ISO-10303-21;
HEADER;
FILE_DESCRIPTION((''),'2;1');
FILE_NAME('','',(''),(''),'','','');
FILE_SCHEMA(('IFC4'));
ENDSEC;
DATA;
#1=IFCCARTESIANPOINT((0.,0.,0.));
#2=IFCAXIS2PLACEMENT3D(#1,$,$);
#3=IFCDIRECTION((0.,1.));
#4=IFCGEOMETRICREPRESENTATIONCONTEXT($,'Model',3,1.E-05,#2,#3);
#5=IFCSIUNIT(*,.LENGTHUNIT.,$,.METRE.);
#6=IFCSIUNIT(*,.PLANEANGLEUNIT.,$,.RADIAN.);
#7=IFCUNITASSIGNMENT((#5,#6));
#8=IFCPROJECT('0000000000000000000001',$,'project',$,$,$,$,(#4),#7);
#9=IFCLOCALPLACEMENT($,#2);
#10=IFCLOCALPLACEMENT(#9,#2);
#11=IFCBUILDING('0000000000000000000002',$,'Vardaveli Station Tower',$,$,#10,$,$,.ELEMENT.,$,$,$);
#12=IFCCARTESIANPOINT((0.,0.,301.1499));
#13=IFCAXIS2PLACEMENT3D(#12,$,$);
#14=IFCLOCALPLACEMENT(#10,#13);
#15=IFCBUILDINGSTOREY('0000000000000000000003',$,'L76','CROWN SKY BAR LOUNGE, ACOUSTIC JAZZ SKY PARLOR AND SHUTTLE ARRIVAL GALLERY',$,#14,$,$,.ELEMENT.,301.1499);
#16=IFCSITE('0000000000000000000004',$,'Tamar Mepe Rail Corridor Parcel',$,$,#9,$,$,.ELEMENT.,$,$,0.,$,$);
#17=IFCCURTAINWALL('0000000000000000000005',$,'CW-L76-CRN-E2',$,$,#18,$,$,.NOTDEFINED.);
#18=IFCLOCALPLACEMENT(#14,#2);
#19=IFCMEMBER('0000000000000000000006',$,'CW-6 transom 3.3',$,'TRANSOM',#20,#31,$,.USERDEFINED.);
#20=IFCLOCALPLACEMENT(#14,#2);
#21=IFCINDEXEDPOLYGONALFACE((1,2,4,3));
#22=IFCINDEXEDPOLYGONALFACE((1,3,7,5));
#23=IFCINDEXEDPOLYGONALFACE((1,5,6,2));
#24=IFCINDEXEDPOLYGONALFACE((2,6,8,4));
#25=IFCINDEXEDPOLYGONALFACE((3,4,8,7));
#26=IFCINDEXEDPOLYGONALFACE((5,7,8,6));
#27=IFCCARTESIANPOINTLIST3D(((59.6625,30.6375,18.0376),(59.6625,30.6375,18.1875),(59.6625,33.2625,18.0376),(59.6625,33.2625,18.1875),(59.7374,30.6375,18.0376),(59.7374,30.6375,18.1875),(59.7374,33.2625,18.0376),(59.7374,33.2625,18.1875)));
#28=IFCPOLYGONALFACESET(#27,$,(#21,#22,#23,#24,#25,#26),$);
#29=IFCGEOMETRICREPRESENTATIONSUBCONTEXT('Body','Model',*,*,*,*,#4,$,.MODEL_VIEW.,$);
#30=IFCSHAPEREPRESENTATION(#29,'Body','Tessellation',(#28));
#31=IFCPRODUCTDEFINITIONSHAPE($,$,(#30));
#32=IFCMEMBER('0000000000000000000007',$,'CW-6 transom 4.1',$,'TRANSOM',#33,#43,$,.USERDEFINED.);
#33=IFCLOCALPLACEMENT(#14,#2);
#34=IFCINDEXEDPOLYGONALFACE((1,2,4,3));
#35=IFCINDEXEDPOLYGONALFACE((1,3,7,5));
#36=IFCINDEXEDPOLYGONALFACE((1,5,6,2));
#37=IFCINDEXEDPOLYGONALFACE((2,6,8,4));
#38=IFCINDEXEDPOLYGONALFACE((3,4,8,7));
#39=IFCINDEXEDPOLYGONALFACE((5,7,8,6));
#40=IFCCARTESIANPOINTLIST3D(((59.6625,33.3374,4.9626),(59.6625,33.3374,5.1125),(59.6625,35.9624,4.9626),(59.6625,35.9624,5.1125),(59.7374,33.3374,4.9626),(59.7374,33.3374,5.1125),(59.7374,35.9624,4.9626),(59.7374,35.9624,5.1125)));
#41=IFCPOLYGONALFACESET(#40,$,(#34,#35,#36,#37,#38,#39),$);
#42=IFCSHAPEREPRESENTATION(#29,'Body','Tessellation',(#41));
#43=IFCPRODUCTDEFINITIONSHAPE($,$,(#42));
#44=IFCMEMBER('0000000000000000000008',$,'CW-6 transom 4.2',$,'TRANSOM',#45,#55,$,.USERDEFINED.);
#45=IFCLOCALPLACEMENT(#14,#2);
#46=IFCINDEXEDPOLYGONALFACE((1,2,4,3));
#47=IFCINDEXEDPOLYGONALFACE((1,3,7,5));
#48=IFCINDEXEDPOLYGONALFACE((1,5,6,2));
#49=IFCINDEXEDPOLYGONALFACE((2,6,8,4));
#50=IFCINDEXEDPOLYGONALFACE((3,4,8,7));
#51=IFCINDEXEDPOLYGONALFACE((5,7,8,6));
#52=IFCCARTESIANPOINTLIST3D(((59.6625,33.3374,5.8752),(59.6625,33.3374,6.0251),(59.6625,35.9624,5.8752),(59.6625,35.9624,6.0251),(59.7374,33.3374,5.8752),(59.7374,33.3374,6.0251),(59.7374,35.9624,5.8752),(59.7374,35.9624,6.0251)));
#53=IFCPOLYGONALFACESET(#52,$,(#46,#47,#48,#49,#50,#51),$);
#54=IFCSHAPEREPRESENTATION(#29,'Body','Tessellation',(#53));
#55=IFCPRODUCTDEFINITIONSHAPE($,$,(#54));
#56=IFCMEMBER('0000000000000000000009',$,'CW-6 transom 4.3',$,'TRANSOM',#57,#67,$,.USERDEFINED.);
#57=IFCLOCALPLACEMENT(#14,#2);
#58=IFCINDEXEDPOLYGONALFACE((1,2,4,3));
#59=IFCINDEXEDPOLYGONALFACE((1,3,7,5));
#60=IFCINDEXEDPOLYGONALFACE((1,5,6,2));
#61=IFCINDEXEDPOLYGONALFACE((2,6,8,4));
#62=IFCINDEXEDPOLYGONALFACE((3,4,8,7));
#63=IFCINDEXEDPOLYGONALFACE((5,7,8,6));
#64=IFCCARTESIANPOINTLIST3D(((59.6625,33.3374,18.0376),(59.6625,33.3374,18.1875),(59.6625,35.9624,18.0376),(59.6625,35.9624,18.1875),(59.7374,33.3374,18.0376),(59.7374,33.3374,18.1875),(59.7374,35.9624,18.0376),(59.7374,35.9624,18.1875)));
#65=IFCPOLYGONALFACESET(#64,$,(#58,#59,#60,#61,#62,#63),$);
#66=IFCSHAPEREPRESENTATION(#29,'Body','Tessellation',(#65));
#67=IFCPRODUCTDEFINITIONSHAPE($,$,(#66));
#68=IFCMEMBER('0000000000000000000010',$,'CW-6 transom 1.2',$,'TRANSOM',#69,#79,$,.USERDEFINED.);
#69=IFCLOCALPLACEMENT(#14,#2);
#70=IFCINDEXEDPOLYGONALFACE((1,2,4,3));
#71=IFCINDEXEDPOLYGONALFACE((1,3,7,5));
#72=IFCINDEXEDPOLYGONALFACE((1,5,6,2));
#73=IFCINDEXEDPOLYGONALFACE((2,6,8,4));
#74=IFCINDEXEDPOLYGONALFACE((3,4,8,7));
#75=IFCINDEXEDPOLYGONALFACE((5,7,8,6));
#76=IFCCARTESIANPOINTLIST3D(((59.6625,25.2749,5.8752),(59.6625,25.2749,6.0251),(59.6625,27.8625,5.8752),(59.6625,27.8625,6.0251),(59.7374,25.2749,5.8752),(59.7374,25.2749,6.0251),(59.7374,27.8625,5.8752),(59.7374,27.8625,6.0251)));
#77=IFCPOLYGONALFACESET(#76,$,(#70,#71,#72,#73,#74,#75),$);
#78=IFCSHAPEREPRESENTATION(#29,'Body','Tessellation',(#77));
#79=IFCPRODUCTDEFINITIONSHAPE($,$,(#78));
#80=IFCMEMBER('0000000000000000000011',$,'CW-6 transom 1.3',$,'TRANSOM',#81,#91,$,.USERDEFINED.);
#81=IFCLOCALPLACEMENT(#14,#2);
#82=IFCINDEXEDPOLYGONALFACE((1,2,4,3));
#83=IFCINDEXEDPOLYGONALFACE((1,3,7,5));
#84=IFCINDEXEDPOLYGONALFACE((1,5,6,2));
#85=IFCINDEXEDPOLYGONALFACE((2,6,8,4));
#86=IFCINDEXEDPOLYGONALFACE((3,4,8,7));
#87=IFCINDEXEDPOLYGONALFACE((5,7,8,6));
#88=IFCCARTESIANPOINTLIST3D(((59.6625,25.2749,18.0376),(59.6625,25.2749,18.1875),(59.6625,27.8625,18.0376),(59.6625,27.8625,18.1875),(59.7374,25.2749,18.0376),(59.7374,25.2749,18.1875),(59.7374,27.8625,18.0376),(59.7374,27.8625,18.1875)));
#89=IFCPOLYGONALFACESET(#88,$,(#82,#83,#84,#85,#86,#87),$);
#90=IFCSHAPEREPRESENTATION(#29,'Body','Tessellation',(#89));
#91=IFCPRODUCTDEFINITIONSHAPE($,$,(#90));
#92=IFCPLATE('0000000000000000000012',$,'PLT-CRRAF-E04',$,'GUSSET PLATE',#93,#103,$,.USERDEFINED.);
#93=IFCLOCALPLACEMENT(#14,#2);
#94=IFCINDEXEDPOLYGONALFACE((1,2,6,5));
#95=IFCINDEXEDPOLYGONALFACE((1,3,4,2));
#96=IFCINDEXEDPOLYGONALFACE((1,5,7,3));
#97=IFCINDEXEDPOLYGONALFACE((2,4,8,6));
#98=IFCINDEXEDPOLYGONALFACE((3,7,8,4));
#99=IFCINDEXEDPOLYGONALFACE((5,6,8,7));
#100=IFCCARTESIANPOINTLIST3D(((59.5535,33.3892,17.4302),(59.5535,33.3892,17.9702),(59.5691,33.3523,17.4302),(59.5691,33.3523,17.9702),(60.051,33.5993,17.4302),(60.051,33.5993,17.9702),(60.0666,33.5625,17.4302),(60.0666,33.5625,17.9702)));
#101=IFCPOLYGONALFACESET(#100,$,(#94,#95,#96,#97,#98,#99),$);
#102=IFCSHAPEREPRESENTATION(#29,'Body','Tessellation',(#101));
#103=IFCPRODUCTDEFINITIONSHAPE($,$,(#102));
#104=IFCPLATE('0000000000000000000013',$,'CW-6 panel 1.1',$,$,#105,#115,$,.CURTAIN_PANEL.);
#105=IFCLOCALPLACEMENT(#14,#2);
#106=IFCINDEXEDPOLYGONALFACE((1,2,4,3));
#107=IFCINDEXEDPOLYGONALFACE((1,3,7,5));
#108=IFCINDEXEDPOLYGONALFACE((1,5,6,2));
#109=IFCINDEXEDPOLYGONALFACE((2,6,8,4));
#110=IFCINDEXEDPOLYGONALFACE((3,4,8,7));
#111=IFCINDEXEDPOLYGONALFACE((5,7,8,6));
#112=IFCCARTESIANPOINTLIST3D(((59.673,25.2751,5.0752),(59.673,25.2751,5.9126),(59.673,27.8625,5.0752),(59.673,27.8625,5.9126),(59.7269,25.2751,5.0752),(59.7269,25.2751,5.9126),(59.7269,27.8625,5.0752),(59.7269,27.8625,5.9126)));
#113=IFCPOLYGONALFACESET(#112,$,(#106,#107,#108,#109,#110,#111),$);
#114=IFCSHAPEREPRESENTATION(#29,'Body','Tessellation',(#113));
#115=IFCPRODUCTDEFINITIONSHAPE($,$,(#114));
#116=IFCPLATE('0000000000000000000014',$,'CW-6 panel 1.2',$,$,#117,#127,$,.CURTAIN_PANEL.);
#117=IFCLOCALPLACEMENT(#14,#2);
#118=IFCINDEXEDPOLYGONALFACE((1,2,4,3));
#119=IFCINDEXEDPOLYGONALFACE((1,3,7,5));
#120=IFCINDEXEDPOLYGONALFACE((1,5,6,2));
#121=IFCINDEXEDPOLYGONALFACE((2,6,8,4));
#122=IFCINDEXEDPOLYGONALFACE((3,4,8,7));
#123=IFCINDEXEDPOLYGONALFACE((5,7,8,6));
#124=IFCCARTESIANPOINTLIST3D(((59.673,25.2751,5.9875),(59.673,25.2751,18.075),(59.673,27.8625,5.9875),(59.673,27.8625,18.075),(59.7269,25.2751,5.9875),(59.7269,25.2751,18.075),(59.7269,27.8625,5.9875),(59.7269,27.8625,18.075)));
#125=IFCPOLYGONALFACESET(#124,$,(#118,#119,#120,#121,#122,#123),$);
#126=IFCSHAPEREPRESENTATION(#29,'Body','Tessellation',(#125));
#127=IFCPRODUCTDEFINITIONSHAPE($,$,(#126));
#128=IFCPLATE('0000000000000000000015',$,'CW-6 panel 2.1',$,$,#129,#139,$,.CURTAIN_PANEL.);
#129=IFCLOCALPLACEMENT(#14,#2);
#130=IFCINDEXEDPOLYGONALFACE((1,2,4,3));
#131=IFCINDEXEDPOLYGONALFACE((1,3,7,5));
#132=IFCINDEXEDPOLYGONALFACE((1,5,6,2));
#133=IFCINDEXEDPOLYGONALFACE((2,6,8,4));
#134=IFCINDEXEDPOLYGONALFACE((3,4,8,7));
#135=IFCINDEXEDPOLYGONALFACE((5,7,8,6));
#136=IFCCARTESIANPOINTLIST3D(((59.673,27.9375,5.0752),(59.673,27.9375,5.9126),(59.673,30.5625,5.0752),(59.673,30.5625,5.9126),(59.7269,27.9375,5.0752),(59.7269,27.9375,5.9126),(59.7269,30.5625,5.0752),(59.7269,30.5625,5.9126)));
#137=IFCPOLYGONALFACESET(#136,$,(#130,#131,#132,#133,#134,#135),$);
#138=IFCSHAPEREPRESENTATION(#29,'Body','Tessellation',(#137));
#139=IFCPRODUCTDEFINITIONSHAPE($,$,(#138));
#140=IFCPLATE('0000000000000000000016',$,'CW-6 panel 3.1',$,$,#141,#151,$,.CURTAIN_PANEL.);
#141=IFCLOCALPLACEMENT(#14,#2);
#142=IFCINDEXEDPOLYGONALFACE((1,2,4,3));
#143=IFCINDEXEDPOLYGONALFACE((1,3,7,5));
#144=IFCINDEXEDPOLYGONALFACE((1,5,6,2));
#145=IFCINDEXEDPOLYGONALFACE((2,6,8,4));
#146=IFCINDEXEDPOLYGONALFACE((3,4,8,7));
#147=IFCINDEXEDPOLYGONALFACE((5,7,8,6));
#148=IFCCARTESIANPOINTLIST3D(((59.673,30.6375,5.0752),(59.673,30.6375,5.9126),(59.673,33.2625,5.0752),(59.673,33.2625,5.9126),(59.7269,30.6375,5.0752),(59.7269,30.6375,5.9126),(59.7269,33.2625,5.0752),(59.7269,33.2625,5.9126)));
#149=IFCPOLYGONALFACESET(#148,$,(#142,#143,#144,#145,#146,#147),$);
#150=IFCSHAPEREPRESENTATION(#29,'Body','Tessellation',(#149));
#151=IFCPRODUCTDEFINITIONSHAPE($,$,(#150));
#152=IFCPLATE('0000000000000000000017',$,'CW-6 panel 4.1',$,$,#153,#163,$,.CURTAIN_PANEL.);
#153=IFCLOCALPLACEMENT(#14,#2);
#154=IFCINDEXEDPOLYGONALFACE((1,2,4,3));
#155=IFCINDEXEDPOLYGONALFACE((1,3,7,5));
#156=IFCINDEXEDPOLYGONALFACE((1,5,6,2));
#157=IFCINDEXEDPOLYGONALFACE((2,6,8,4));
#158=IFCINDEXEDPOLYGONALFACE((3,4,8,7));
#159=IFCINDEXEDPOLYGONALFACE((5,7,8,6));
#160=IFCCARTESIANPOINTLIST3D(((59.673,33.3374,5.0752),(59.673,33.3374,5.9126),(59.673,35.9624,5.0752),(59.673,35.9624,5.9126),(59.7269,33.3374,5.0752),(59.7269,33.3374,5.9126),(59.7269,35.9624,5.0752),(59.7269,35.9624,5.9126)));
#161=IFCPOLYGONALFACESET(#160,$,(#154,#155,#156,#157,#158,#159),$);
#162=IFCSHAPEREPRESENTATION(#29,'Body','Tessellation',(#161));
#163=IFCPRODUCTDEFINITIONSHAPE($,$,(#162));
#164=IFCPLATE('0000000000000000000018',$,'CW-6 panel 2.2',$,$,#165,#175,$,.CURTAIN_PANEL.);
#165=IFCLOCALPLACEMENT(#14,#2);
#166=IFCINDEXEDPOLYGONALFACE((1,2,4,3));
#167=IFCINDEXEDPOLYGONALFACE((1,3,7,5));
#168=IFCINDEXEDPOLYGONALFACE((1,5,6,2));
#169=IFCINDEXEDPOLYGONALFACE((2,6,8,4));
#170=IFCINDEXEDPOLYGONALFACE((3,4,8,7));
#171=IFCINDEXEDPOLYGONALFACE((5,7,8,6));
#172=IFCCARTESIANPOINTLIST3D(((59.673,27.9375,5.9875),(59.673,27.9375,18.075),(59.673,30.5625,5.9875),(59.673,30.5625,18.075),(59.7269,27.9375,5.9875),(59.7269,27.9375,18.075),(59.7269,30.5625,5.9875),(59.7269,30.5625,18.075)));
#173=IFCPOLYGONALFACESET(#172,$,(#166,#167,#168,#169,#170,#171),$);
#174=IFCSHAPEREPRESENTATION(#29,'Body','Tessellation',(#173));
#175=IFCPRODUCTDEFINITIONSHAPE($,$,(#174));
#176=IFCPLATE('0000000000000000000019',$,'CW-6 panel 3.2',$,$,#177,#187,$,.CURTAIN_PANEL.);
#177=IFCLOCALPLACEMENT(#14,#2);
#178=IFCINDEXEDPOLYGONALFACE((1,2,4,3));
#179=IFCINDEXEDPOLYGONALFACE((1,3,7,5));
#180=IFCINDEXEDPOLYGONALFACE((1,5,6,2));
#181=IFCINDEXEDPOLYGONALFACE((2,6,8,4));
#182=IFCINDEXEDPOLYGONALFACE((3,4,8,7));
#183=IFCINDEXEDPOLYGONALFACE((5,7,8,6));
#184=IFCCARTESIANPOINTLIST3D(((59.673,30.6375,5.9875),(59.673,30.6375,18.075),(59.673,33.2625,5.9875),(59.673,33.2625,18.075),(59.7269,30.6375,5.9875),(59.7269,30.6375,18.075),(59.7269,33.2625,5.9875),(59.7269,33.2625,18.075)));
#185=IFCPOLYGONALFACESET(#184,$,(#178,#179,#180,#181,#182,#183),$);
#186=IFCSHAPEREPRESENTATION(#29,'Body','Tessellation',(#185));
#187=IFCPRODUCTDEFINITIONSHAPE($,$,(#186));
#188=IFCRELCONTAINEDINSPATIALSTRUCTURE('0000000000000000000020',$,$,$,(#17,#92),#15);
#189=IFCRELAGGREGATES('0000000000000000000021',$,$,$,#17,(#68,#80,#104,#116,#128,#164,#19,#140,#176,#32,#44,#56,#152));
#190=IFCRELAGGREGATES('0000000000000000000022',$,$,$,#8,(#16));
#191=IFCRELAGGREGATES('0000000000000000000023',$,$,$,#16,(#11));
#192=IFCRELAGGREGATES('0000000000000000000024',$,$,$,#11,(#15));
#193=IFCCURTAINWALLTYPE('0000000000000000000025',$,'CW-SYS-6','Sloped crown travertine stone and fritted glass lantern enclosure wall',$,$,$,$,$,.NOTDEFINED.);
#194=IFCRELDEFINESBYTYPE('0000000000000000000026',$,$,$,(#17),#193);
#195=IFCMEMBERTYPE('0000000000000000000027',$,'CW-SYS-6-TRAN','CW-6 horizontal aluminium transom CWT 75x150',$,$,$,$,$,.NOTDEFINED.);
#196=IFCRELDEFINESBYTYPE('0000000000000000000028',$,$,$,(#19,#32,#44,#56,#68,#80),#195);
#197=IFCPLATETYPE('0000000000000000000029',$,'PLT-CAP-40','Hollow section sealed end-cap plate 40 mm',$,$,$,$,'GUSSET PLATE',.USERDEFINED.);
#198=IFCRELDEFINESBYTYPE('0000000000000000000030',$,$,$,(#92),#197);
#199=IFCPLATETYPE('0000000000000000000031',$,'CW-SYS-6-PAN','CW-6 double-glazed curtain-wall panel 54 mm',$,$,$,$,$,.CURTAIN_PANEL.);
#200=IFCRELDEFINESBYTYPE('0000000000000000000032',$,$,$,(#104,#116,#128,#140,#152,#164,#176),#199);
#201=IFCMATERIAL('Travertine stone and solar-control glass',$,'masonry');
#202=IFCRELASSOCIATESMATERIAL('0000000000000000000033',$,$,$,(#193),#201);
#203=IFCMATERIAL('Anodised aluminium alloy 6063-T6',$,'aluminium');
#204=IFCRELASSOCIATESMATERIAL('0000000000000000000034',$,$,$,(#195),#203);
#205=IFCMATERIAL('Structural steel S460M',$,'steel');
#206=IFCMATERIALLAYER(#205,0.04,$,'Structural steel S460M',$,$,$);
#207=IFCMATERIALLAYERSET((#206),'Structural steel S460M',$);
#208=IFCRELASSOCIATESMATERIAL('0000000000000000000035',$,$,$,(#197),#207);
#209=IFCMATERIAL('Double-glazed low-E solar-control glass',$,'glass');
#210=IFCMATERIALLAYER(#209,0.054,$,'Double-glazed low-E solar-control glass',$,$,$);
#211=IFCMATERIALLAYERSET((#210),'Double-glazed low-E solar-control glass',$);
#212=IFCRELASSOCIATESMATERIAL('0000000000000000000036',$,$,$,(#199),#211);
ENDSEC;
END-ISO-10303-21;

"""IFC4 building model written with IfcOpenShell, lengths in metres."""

from ifc_helpers import new_model, si_unit, direction, frame, origin, origin_2d, place, context, subcontext, project, spatial, rectangle, extrude, source, transform, mapped, material, layer, layer_set, material_profile, profile_set, type_object, element, aggregate, save


model = new_model("IFC4")

# Units and contexts
model_context = context("Model", 3, precision=1e-05, world=origin(), true_north=direction((0.0, 1.0)))
body_context = subcontext(model_context, "Body", "Model", "MODEL_VIEW")
ifc_project = project(units=[si_unit("LENGTHUNIT", "METRE"), si_unit("PLANEANGLEUNIT", "RADIAN")], contexts=[model_context])

# Site, building, storey
site_placement = place(None, origin())
site = spatial("IfcSite", under=ifc_project, at=site_placement, Name="Tamar Mepe Rail Corridor Parcel", CompositionType="ELEMENT", RefElevation=0.0)
building_placement = place(site_placement, origin())
building = spatial("IfcBuilding", under=site, at=building_placement, Name="Vardaveli Station Tower", CompositionType="ELEMENT")
storey_placement = place(building_placement, frame((0.0, 0.0, 301.1499)))
storey = spatial("IfcBuildingStorey", under=building, at=storey_placement, Name="L76", Description="CROWN SKY BAR LOUNGE, ACOUSTIC JAZZ SKY PARLOR AND SHUTTLE ARRIVAL GALLERY", CompositionType="ELEMENT", Elevation=301.1499)

# Shared definitions
ifc_material_1 = material(Name="Structural steel S460M", Category="steel")

# Curtain wall, members
ifc_material_2 = material(Name="Travertine stone and solar-control glass", Category="masonry")
curtain_wall_type = type_object("IfcCurtainWallType", Name="CW-SYS-6", Description="Sloped crown travertine stone and fritted glass lantern enclosure wall", PredefinedType="NOTDEFINED", material=ifc_material_2)
curtain_wall_placement = place(storey_placement, origin())
curtain_wall = element("IfcCurtainWall", 1, at=curtain_wall_placement, inside=storey, type_object=curtain_wall_type, Name="CW-L76-CRN-E2", PredefinedType="NOTDEFINED")
ifc_material_3 = material(Name="Anodised aluminium alloy 6063-T6", Category="aluminium")
ifc_material_profile_1 = material_profile(ifc_material_3, rectangle(XDim=0.075, YDim=0.1499, at=origin_2d()), Name="CWT 75x150")
ifc_profile_set_1 = profile_set([ifc_material_profile_1], Name="Anodised aluminium alloy 6063-T6")
member_type_1 = type_object("IfcMemberType", Name="CW-SYS-6-TRAN", Description="CW-6 horizontal aluminium transom CWT 75x150", PredefinedType="NOTDEFINED", material=ifc_profile_set_1)
shared_shape_1 = source(origin(), body_context, "Body", "SweptSolid", [
    extrude(rectangle(XDim=0.075, YDim=0.1499, at=origin_2d()), origin(), (0.0, 0.0, 1.0), 2.625),
])
member_1_placement = place(storey_placement, frame((59.7, 30.6375, 18.1125), z_axis=(0.0, 1.0, 0.0), x_axis=(-1.0, 0.0, 0.0)))
member_1 = element("IfcMember", 2, at=member_1_placement, type_object=member_type_1, Name="CW-6 transom 3.3", ObjectType="TRANSOM", PredefinedType="USERDEFINED", context=body_context, shape_type="MappedRepresentation", body=[
    mapped(shared_shape_1, transform((0.0, 0.0, 0.0), scale=1.0)),
])
member_2_placement = place(storey_placement, frame((59.7, 33.3374, 5.0376), z_axis=(0.0, 1.0, 0.0), x_axis=(-1.0, 0.0, 0.0)))
member_2 = element("IfcMember", 3, at=member_2_placement, type_object=member_type_1, Name="CW-6 transom 4.1", ObjectType="TRANSOM", PredefinedType="USERDEFINED", context=body_context, shape_type="MappedRepresentation", body=[
    mapped(shared_shape_1, transform((0.0, 0.0, 0.0), scale=1.0)),
])
member_3_placement = place(storey_placement, frame((59.7, 33.3374, 5.9502), z_axis=(0.0, 1.0, 0.0), x_axis=(-1.0, 0.0, 0.0)))
member_3 = element("IfcMember", 4, at=member_3_placement, type_object=member_type_1, Name="CW-6 transom 4.2", ObjectType="TRANSOM", PredefinedType="USERDEFINED", context=body_context, shape_type="MappedRepresentation", body=[
    mapped(shared_shape_1, transform((0.0, 0.0, 0.0), scale=1.0)),
])
member_4_placement = place(storey_placement, frame((59.7, 33.3374, 18.1125), z_axis=(0.0, 1.0, 0.0), x_axis=(-1.0, 0.0, 0.0)))
member_4 = element("IfcMember", 5, at=member_4_placement, type_object=member_type_1, Name="CW-6 transom 4.3", ObjectType="TRANSOM", PredefinedType="USERDEFINED", context=body_context, shape_type="MappedRepresentation", body=[
    mapped(shared_shape_1, transform((0.0, 0.0, 0.0), scale=1.0)),
])
shared_shape_2 = source(origin(), body_context, "Body", "SweptSolid", [
    extrude(rectangle(XDim=0.075, YDim=0.1499, at=origin_2d()), origin(), (0.0, 0.0, 1.0), 2.5876),
])
member_5_placement = place(storey_placement, frame((59.7, 25.2749, 5.9502), z_axis=(0.0, 1.0, 0.0), x_axis=(-1.0, 0.0, 0.0)))
member_5 = element("IfcMember", 6, at=member_5_placement, type_object=member_type_1, Name="CW-6 transom 1.2", ObjectType="TRANSOM", PredefinedType="USERDEFINED", context=body_context, shape_type="MappedRepresentation", body=[
    mapped(shared_shape_2, transform((0.0, 0.0, 0.0), scale=1.0)),
])
member_6_placement = place(storey_placement, frame((59.7, 25.2749, 18.1125), z_axis=(0.0, 1.0, 0.0), x_axis=(-1.0, 0.0, 0.0)))
member_6 = element("IfcMember", 7, at=member_6_placement, type_object=member_type_1, Name="CW-6 transom 1.3", ObjectType="TRANSOM", PredefinedType="USERDEFINED", context=body_context, shape_type="MappedRepresentation", body=[
    mapped(shared_shape_2, transform((0.0, 0.0, 0.0), scale=1.0)),
])

# Plates
ifc_layer_1 = layer(ifc_material_1, 0.04, Name="Structural steel S460M")
ifc_layer_set_1 = layer_set([ifc_layer_1], Name="Structural steel S460M")
plate_type_1 = type_object("IfcPlateType", Name="PLT-CAP-40", Description="Hollow section sealed end-cap plate 40 mm", ElementType="GUSSET PLATE", PredefinedType="USERDEFINED", material=ifc_layer_set_1)
shared_shape_3 = source(origin(), body_context, "Body", "SweptSolid", [
    extrude(rectangle(XDim=0.54, YDim=0.04, at=origin_2d()), origin(), (0.0, 0.0, 1.0), 0.54),
])
plate_1_placement = place(storey_placement, frame((59.8101, 33.4758, 17.4302), z_axis=(0.0, 0.0, 1.0), x_axis=(-0.921185, -0.389124, 0.0)))
element("IfcPlate", 8, at=plate_1_placement, inside=storey, type_object=plate_type_1, Name="PLT-CRRAF-E04", ObjectType="GUSSET PLATE", PredefinedType="USERDEFINED", context=body_context, shape_type="MappedRepresentation", body=[
    mapped(shared_shape_3, transform((0.0, 0.0, 0.0), scale=1.0)),
])
ifc_material_4 = material(Name="Double-glazed low-E solar-control glass", Category="glass")
ifc_layer_2 = layer(ifc_material_4, 0.054, Name="Double-glazed low-E solar-control glass")
ifc_layer_set_2 = layer_set([ifc_layer_2], Name="Double-glazed low-E solar-control glass")
plate_type_2 = type_object("IfcPlateType", Name="CW-SYS-6-PAN", Description="CW-6 double-glazed curtain-wall panel 54 mm", PredefinedType="CURTAIN_PANEL", material=ifc_layer_set_2)
shared_shape_4 = source(origin(), body_context, "Body", "SweptSolid", [
    extrude(rectangle(XDim=2.5874, YDim=0.054, at=origin_2d()), origin(), (0.0, 0.0, 1.0), 0.8374),
])
plate_2_placement = place(storey_placement, frame((59.7, 26.5688, 5.0752), z_axis=(0.0, 0.0, 1.0), x_axis=(0.0, 1.0, 0.0)))
plate_2 = element("IfcPlate", 9, at=plate_2_placement, type_object=plate_type_2, Name="CW-6 panel 1.1", PredefinedType="CURTAIN_PANEL", context=body_context, shape_type="MappedRepresentation", body=[
    mapped(shared_shape_4, transform((0.0, 0.0, 0.0), scale=1.0)),
])
shared_shape_5 = source(origin(), body_context, "Body", "SweptSolid", [
    extrude(rectangle(XDim=2.5874, YDim=0.054, at=origin_2d()), origin(), (0.0, 0.0, 1.0), 12.0874),
])
plate_3_placement = place(storey_placement, frame((59.7, 26.5688, 5.9875), z_axis=(0.0, 0.0, 1.0), x_axis=(0.0, 1.0, 0.0)))
plate_3 = element("IfcPlate", 10, at=plate_3_placement, type_object=plate_type_2, Name="CW-6 panel 1.2", PredefinedType="CURTAIN_PANEL", context=body_context, shape_type="MappedRepresentation", body=[
    mapped(shared_shape_5, transform((0.0, 0.0, 0.0), scale=1.0)),
])
shared_shape_6 = source(origin(), body_context, "Body", "SweptSolid", [
    extrude(rectangle(XDim=2.625, YDim=0.054, at=origin_2d()), origin(), (0.0, 0.0, 1.0), 0.8374),
])
plate_4_placement = place(storey_placement, frame((59.7, 29.25, 5.0752), z_axis=(0.0, 0.0, 1.0), x_axis=(0.0, 1.0, 0.0)))
plate_4 = element("IfcPlate", 11, at=plate_4_placement, type_object=plate_type_2, Name="CW-6 panel 2.1", PredefinedType="CURTAIN_PANEL", context=body_context, shape_type="MappedRepresentation", body=[
    mapped(shared_shape_6, transform((0.0, 0.0, 0.0), scale=1.0)),
])
plate_5_placement = place(storey_placement, frame((59.7, 31.95, 5.0752), z_axis=(0.0, 0.0, 1.0), x_axis=(0.0, 1.0, 0.0)))
plate_5 = element("IfcPlate", 12, at=plate_5_placement, type_object=plate_type_2, Name="CW-6 panel 3.1", PredefinedType="CURTAIN_PANEL", context=body_context, shape_type="MappedRepresentation", body=[
    mapped(shared_shape_6, transform((0.0, 0.0, 0.0), scale=1.0)),
])
plate_6_placement = place(storey_placement, frame((59.7, 34.6499, 5.0752), z_axis=(0.0, 0.0, 1.0), x_axis=(0.0, 1.0, 0.0)))
plate_6 = element("IfcPlate", 13, at=plate_6_placement, type_object=plate_type_2, Name="CW-6 panel 4.1", PredefinedType="CURTAIN_PANEL", context=body_context, shape_type="MappedRepresentation", body=[
    mapped(shared_shape_6, transform((0.0, 0.0, 0.0), scale=1.0)),
])
shared_shape_7 = source(origin(), body_context, "Body", "SweptSolid", [
    extrude(rectangle(XDim=2.625, YDim=0.054, at=origin_2d()), origin(), (0.0, 0.0, 1.0), 12.0874),
])
plate_7_placement = place(storey_placement, frame((59.7, 29.25, 5.9875), z_axis=(0.0, 0.0, 1.0), x_axis=(0.0, 1.0, 0.0)))
plate_7 = element("IfcPlate", 14, at=plate_7_placement, type_object=plate_type_2, Name="CW-6 panel 2.2", PredefinedType="CURTAIN_PANEL", context=body_context, shape_type="MappedRepresentation", body=[
    mapped(shared_shape_7, transform((0.0, 0.0, 0.0), scale=1.0)),
])
plate_8_placement = place(storey_placement, frame((59.7, 31.95, 5.9875), z_axis=(0.0, 0.0, 1.0), x_axis=(0.0, 1.0, 0.0)))
plate_8 = element("IfcPlate", 15, at=plate_8_placement, type_object=plate_type_2, Name="CW-6 panel 3.2", PredefinedType="CURTAIN_PANEL", context=body_context, shape_type="MappedRepresentation", body=[
    mapped(shared_shape_7, transform((0.0, 0.0, 0.0), scale=1.0)),
])
aggregate(curtain_wall, [member_5, member_6, plate_2, plate_3, plate_4, plate_7, member_1, plate_5, plate_8, member_2, member_3, member_4, plate_6])

save(model, "model.ifc")
